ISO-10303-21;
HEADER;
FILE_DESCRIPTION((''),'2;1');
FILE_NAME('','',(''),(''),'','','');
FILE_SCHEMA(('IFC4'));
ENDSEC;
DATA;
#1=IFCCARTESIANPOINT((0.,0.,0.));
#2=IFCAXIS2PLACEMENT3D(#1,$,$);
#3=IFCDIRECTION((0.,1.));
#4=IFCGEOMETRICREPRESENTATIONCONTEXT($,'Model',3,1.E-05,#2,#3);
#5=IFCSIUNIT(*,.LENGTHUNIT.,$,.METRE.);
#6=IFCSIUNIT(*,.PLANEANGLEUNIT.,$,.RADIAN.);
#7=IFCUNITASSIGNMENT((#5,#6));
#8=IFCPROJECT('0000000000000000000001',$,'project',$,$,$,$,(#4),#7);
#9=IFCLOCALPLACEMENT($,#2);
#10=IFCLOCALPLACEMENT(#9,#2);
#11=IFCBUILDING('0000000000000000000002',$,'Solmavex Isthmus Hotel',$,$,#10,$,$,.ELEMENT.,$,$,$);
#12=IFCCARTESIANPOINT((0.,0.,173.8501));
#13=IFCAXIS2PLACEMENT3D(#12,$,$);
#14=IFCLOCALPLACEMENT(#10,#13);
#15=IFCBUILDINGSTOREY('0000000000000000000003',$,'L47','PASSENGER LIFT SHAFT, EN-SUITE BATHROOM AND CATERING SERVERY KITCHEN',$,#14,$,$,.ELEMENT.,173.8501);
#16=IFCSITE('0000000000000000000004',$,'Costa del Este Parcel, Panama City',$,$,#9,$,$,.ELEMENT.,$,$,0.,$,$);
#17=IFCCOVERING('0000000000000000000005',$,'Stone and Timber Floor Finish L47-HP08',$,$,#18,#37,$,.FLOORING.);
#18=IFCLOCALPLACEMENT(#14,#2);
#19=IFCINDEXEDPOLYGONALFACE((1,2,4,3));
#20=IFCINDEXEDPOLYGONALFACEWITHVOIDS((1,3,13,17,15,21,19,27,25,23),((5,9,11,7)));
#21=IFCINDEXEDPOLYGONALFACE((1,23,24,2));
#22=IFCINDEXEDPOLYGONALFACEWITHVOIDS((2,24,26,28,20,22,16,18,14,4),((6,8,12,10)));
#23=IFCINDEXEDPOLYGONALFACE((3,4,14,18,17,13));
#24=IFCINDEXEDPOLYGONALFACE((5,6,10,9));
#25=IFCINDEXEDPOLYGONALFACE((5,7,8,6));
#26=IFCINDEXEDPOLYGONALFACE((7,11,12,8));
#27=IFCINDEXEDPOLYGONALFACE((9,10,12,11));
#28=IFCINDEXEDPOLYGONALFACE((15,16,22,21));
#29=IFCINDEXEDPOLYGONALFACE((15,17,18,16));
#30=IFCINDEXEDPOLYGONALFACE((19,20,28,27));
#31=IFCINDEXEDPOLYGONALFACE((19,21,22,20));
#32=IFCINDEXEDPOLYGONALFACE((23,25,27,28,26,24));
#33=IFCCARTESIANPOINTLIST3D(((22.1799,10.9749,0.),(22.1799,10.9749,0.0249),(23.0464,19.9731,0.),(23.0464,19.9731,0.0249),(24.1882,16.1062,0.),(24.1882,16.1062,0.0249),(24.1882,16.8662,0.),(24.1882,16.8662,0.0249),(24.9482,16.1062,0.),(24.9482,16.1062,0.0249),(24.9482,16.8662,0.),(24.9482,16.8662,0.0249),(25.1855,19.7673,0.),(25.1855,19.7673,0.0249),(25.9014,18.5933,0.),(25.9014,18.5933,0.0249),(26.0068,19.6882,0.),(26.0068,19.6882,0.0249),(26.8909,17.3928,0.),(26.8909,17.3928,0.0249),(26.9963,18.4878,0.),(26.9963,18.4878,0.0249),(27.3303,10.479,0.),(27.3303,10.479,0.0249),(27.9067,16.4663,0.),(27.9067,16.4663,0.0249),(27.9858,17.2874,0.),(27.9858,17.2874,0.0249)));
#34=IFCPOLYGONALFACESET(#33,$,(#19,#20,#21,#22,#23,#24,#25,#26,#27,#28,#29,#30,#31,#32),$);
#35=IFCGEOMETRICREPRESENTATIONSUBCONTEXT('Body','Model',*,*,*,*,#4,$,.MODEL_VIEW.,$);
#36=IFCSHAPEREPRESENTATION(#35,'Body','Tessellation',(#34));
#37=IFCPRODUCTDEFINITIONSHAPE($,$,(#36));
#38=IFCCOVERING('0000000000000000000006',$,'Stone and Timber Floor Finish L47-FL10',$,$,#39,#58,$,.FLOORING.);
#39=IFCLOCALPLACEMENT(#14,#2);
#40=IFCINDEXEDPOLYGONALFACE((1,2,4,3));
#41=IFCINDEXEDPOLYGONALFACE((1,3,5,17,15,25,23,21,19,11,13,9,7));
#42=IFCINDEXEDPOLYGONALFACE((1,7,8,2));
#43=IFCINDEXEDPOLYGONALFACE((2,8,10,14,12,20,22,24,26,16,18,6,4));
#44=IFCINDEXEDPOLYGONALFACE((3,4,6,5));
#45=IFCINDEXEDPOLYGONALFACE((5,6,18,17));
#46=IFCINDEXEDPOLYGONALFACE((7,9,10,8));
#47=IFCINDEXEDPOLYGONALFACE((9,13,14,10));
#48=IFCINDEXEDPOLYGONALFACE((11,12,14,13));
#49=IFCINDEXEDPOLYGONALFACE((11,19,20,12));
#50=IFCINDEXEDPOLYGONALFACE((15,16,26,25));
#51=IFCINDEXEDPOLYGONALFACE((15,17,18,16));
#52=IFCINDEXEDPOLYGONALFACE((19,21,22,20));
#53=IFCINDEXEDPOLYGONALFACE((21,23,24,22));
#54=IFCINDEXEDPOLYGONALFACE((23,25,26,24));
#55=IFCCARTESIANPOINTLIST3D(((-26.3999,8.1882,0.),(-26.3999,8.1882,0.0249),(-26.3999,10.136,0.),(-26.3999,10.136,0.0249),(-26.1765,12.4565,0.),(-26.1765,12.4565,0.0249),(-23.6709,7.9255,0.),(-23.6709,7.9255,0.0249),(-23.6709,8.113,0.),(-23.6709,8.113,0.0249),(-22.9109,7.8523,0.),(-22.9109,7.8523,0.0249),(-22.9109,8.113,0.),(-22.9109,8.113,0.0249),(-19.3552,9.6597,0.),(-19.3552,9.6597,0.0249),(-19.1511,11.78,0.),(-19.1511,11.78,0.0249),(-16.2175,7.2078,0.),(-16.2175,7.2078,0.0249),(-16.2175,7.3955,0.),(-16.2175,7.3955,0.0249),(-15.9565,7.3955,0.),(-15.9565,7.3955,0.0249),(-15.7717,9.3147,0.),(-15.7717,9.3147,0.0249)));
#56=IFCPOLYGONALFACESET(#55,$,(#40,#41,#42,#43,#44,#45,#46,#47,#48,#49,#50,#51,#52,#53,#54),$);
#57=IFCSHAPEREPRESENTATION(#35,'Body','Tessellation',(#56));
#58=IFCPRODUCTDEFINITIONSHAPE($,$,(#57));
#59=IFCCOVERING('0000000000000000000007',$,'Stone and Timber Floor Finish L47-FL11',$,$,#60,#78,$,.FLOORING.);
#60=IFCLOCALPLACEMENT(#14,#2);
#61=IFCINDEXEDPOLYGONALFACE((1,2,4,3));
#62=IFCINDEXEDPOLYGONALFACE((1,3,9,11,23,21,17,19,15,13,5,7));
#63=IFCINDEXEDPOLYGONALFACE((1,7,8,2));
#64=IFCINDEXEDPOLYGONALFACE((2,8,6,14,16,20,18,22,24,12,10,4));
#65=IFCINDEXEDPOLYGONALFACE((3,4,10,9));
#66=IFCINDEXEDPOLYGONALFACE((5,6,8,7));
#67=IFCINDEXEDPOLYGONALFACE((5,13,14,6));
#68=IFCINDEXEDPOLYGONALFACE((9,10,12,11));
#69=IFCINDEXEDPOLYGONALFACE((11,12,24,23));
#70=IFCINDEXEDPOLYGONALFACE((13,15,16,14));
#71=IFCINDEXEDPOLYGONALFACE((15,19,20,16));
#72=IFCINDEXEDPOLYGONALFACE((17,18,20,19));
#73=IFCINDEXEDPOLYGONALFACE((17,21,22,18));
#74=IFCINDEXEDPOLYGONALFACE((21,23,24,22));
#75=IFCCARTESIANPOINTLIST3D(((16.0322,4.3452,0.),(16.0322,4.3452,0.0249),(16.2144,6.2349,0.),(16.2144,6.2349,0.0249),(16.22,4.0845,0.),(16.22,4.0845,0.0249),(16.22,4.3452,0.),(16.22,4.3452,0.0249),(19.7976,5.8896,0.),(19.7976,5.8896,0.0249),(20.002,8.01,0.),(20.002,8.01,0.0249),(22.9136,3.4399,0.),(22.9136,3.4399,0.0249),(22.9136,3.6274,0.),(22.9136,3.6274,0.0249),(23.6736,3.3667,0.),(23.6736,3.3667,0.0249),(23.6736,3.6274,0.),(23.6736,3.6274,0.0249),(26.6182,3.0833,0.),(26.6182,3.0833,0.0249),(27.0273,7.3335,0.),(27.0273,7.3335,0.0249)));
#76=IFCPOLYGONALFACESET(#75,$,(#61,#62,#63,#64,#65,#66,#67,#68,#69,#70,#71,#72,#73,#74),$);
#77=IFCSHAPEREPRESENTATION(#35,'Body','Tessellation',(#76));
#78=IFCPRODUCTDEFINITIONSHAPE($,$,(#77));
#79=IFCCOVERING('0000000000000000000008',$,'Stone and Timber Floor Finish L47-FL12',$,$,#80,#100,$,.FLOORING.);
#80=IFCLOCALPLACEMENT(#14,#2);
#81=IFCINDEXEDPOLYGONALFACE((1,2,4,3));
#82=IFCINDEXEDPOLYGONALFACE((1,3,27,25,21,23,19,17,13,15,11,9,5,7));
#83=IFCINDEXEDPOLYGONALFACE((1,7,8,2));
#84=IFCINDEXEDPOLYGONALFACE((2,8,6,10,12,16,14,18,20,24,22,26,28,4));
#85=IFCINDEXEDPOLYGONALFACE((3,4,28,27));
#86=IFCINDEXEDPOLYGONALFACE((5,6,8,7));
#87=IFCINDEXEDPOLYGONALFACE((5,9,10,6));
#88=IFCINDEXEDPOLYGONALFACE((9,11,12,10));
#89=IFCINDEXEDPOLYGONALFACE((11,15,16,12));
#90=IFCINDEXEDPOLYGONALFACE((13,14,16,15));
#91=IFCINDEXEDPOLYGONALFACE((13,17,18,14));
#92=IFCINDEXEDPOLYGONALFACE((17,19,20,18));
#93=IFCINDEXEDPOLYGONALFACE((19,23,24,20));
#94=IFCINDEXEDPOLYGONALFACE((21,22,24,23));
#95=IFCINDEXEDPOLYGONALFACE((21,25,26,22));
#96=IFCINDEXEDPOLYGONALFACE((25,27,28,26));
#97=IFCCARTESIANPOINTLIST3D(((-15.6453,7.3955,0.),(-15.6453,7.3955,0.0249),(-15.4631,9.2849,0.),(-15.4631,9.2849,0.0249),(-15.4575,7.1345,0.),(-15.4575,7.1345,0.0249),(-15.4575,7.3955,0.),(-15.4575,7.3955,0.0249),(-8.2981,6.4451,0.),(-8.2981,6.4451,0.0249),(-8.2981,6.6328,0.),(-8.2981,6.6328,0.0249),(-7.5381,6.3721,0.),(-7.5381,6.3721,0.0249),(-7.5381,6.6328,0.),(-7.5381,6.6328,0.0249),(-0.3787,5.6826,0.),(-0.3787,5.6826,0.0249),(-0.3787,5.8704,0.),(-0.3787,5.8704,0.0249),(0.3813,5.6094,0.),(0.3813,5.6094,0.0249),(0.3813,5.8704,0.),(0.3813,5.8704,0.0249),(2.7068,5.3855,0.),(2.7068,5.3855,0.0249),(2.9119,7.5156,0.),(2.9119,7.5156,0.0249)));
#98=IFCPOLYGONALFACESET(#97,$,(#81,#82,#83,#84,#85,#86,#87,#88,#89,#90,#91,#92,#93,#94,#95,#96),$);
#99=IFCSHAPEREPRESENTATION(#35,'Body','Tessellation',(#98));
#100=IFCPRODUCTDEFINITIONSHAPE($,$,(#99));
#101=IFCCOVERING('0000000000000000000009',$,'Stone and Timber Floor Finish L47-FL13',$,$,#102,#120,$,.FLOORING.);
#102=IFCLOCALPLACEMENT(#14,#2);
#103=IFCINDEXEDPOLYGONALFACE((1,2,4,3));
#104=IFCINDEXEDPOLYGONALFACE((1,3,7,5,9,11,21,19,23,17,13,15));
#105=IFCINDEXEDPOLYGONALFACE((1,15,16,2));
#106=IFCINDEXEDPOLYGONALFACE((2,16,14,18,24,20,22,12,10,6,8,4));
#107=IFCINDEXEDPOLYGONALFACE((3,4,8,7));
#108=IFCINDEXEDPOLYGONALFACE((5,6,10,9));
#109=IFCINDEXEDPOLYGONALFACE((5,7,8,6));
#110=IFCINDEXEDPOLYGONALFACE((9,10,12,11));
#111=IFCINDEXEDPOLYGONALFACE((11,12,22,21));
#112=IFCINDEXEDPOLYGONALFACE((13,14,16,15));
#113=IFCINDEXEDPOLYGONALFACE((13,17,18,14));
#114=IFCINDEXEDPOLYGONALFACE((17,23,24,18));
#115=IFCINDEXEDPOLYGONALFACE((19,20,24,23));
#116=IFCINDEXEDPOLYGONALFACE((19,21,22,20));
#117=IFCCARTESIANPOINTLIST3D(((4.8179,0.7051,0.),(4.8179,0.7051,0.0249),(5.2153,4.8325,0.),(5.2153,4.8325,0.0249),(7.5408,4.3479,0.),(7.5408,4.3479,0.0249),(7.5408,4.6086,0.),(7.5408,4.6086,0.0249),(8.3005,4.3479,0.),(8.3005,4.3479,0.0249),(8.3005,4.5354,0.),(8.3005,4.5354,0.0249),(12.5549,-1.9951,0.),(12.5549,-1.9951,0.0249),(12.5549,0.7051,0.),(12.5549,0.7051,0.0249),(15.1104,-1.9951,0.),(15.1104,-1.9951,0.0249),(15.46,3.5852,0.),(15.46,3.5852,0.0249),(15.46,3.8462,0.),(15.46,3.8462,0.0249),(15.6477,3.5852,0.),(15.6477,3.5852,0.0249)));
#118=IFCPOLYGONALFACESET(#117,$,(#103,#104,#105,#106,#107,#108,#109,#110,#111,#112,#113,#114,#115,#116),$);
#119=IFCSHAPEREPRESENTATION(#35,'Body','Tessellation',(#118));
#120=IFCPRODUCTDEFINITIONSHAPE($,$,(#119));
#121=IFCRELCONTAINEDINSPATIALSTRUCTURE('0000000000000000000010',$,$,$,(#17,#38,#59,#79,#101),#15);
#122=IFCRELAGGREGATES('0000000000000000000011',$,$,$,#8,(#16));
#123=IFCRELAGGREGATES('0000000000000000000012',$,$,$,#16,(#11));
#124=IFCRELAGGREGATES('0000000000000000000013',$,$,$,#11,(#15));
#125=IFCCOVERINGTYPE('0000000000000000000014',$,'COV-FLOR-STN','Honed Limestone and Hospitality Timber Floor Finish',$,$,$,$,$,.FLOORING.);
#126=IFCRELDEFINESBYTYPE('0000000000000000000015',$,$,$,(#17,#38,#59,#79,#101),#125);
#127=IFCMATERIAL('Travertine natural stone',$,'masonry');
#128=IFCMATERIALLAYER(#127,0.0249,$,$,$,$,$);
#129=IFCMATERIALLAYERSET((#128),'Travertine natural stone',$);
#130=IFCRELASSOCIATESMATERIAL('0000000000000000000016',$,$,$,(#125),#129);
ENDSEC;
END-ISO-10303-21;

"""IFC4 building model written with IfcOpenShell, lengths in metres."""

from ifc_helpers import new_model, si_unit, direction, frame, origin, place, context, subcontext, project, spatial, polyline, outline, extrude, material, layer, layer_set, type_object, element, save


model = new_model("IFC4")

# Units and contexts
model_context = context("Model", 3, precision=1e-05, world=origin(), true_north=direction((0.0, 1.0)))
body_context = subcontext(model_context, "Body", "Model", "MODEL_VIEW")
ifc_project = project(units=[si_unit("LENGTHUNIT", "METRE"), si_unit("PLANEANGLEUNIT", "RADIAN")], contexts=[model_context])

# Site, building, storey
site_placement = place(None, origin())
site = spatial("IfcSite", under=ifc_project, at=site_placement, Name="Costa del Este Parcel, Panama City", CompositionType="ELEMENT", RefElevation=0.0)
building_placement = place(site_placement, origin())
building = spatial("IfcBuilding", under=site, at=building_placement, Name="Solmavex Isthmus Hotel", CompositionType="ELEMENT")
storey_placement = place(building_placement, frame((0.0, 0.0, 173.8501)))
storey = spatial("IfcBuildingStorey", under=building, at=storey_placement, Name="L47", Description="PASSENGER LIFT SHAFT, EN-SUITE BATHROOM AND CATERING SERVERY KITCHEN", CompositionType="ELEMENT", Elevation=173.8501)

# Coverings
ifc_material_1 = material(Name="Travertine natural stone", Category="masonry")
ifc_layer_1 = layer(ifc_material_1, 0.0249)
ifc_layer_set_1 = layer_set([ifc_layer_1], Name="Travertine natural stone")
covering_type_1 = type_object("IfcCoveringType", Name="COV-FLOR-STN", Description="Honed Limestone and Hospitality Timber Floor Finish", PredefinedType="FLOORING", material=ifc_layer_set_1)
covering_1_placement = place(storey_placement, origin())
element("IfcCovering", 1, at=covering_1_placement, inside=storey, type_object=covering_type_1, Name="Stone and Timber Floor Finish L47-HP08", PredefinedType="FLOORING", context=body_context, shape_type="SweptSolid", body=[
    extrude(outline(polyline([(26.0068, 19.6882), (25.1855, 19.7673), (23.0464, 19.9731), (22.1799, 10.9749), (27.3303, 10.479), (27.9067, 16.4663), (27.9858, 17.2874), (26.8909, 17.3928), (26.9963, 18.4878), (25.9014, 18.5933), (26.0068, 19.6882)]), holes=[polyline([(24.1882, 16.1062), (24.1882, 16.8662), (24.9482, 16.8662), (24.9482, 16.1062), (24.1882, 16.1062)])]), origin(), (0.0, 0.0, 1.0), 0.0249),
])
covering_2_placement = place(storey_placement, origin())
element("IfcCovering", 2, at=covering_2_placement, inside=storey, type_object=covering_type_1, Name="Stone and Timber Floor Finish L47-FL10", PredefinedType="FLOORING", context=body_context, shape_type="SweptSolid", body=[
    extrude(outline(polyline([(-16.2175, 7.2078), (-16.2175, 7.3955), (-15.9565, 7.3955), (-15.7717, 9.3147), (-19.3552, 9.6597), (-19.1511, 11.78), (-26.1765, 12.4565), (-26.3999, 10.136), (-26.3999, 8.1882), (-23.6709, 7.9255), (-23.6709, 8.113), (-22.9109, 8.113), (-22.9109, 7.8523), (-16.2175, 7.2078)])), origin(), (0.0, 0.0, 1.0), 0.0249),
])
covering_3_placement = place(storey_placement, origin())
element("IfcCovering", 3, at=covering_3_placement, inside=storey, type_object=covering_type_1, Name="Stone and Timber Floor Finish L47-FL11", PredefinedType="FLOORING", context=body_context, shape_type="SweptSolid", body=[
    extrude(outline(polyline([(22.9136, 3.4399), (22.9136, 3.6274), (23.6736, 3.6274), (23.6736, 3.3667), (26.6182, 3.0833), (27.0273, 7.3335), (20.002, 8.01), (19.7976, 5.8896), (16.2144, 6.2349), (16.0322, 4.3452), (16.22, 4.3452), (16.22, 4.0845), (22.9136, 3.4399)])), origin(), (0.0, 0.0, 1.0), 0.0249),
])
covering_4_placement = place(storey_placement, origin())
element("IfcCovering", 4, at=covering_4_placement, inside=storey, type_object=covering_type_1, Name="Stone and Timber Floor Finish L47-FL12", PredefinedType="FLOORING", context=body_context, shape_type="SweptSolid", body=[
    extrude(outline(polyline([(-0.3787, 5.6826), (-0.3787, 5.8704), (0.3813, 5.8704), (0.3813, 5.6094), (2.7068, 5.3855), (2.9119, 7.5156), (-15.4631, 9.2849), (-15.6453, 7.3955), (-15.4575, 7.3955), (-15.4575, 7.1345), (-8.2981, 6.4451), (-8.2981, 6.6328), (-7.5381, 6.6328), (-7.5381, 6.3721), (-0.3787, 5.6826)])), origin(), (0.0, 0.0, 1.0), 0.0249),
])
covering_5_placement = place(storey_placement, origin())
element("IfcCovering", 5, at=covering_5_placement, inside=storey, type_object=covering_type_1, Name="Stone and Timber Floor Finish L47-FL13", PredefinedType="FLOORING", context=body_context, shape_type="SweptSolid", body=[
    extrude(outline(polyline([(8.3005, 4.5354), (8.3005, 4.3479), (7.5408, 4.3479), (7.5408, 4.6086), (5.2153, 4.8325), (4.8179, 0.7051), (12.5549, 0.7051), (12.5549, -1.9951), (15.1104, -1.9951), (15.6477, 3.5852), (15.46, 3.5852), (15.46, 3.8462), (8.3005, 4.5354)])), origin(), (0.0, 0.0, 1.0), 0.0249),
])

save(model, "model.ifc")
